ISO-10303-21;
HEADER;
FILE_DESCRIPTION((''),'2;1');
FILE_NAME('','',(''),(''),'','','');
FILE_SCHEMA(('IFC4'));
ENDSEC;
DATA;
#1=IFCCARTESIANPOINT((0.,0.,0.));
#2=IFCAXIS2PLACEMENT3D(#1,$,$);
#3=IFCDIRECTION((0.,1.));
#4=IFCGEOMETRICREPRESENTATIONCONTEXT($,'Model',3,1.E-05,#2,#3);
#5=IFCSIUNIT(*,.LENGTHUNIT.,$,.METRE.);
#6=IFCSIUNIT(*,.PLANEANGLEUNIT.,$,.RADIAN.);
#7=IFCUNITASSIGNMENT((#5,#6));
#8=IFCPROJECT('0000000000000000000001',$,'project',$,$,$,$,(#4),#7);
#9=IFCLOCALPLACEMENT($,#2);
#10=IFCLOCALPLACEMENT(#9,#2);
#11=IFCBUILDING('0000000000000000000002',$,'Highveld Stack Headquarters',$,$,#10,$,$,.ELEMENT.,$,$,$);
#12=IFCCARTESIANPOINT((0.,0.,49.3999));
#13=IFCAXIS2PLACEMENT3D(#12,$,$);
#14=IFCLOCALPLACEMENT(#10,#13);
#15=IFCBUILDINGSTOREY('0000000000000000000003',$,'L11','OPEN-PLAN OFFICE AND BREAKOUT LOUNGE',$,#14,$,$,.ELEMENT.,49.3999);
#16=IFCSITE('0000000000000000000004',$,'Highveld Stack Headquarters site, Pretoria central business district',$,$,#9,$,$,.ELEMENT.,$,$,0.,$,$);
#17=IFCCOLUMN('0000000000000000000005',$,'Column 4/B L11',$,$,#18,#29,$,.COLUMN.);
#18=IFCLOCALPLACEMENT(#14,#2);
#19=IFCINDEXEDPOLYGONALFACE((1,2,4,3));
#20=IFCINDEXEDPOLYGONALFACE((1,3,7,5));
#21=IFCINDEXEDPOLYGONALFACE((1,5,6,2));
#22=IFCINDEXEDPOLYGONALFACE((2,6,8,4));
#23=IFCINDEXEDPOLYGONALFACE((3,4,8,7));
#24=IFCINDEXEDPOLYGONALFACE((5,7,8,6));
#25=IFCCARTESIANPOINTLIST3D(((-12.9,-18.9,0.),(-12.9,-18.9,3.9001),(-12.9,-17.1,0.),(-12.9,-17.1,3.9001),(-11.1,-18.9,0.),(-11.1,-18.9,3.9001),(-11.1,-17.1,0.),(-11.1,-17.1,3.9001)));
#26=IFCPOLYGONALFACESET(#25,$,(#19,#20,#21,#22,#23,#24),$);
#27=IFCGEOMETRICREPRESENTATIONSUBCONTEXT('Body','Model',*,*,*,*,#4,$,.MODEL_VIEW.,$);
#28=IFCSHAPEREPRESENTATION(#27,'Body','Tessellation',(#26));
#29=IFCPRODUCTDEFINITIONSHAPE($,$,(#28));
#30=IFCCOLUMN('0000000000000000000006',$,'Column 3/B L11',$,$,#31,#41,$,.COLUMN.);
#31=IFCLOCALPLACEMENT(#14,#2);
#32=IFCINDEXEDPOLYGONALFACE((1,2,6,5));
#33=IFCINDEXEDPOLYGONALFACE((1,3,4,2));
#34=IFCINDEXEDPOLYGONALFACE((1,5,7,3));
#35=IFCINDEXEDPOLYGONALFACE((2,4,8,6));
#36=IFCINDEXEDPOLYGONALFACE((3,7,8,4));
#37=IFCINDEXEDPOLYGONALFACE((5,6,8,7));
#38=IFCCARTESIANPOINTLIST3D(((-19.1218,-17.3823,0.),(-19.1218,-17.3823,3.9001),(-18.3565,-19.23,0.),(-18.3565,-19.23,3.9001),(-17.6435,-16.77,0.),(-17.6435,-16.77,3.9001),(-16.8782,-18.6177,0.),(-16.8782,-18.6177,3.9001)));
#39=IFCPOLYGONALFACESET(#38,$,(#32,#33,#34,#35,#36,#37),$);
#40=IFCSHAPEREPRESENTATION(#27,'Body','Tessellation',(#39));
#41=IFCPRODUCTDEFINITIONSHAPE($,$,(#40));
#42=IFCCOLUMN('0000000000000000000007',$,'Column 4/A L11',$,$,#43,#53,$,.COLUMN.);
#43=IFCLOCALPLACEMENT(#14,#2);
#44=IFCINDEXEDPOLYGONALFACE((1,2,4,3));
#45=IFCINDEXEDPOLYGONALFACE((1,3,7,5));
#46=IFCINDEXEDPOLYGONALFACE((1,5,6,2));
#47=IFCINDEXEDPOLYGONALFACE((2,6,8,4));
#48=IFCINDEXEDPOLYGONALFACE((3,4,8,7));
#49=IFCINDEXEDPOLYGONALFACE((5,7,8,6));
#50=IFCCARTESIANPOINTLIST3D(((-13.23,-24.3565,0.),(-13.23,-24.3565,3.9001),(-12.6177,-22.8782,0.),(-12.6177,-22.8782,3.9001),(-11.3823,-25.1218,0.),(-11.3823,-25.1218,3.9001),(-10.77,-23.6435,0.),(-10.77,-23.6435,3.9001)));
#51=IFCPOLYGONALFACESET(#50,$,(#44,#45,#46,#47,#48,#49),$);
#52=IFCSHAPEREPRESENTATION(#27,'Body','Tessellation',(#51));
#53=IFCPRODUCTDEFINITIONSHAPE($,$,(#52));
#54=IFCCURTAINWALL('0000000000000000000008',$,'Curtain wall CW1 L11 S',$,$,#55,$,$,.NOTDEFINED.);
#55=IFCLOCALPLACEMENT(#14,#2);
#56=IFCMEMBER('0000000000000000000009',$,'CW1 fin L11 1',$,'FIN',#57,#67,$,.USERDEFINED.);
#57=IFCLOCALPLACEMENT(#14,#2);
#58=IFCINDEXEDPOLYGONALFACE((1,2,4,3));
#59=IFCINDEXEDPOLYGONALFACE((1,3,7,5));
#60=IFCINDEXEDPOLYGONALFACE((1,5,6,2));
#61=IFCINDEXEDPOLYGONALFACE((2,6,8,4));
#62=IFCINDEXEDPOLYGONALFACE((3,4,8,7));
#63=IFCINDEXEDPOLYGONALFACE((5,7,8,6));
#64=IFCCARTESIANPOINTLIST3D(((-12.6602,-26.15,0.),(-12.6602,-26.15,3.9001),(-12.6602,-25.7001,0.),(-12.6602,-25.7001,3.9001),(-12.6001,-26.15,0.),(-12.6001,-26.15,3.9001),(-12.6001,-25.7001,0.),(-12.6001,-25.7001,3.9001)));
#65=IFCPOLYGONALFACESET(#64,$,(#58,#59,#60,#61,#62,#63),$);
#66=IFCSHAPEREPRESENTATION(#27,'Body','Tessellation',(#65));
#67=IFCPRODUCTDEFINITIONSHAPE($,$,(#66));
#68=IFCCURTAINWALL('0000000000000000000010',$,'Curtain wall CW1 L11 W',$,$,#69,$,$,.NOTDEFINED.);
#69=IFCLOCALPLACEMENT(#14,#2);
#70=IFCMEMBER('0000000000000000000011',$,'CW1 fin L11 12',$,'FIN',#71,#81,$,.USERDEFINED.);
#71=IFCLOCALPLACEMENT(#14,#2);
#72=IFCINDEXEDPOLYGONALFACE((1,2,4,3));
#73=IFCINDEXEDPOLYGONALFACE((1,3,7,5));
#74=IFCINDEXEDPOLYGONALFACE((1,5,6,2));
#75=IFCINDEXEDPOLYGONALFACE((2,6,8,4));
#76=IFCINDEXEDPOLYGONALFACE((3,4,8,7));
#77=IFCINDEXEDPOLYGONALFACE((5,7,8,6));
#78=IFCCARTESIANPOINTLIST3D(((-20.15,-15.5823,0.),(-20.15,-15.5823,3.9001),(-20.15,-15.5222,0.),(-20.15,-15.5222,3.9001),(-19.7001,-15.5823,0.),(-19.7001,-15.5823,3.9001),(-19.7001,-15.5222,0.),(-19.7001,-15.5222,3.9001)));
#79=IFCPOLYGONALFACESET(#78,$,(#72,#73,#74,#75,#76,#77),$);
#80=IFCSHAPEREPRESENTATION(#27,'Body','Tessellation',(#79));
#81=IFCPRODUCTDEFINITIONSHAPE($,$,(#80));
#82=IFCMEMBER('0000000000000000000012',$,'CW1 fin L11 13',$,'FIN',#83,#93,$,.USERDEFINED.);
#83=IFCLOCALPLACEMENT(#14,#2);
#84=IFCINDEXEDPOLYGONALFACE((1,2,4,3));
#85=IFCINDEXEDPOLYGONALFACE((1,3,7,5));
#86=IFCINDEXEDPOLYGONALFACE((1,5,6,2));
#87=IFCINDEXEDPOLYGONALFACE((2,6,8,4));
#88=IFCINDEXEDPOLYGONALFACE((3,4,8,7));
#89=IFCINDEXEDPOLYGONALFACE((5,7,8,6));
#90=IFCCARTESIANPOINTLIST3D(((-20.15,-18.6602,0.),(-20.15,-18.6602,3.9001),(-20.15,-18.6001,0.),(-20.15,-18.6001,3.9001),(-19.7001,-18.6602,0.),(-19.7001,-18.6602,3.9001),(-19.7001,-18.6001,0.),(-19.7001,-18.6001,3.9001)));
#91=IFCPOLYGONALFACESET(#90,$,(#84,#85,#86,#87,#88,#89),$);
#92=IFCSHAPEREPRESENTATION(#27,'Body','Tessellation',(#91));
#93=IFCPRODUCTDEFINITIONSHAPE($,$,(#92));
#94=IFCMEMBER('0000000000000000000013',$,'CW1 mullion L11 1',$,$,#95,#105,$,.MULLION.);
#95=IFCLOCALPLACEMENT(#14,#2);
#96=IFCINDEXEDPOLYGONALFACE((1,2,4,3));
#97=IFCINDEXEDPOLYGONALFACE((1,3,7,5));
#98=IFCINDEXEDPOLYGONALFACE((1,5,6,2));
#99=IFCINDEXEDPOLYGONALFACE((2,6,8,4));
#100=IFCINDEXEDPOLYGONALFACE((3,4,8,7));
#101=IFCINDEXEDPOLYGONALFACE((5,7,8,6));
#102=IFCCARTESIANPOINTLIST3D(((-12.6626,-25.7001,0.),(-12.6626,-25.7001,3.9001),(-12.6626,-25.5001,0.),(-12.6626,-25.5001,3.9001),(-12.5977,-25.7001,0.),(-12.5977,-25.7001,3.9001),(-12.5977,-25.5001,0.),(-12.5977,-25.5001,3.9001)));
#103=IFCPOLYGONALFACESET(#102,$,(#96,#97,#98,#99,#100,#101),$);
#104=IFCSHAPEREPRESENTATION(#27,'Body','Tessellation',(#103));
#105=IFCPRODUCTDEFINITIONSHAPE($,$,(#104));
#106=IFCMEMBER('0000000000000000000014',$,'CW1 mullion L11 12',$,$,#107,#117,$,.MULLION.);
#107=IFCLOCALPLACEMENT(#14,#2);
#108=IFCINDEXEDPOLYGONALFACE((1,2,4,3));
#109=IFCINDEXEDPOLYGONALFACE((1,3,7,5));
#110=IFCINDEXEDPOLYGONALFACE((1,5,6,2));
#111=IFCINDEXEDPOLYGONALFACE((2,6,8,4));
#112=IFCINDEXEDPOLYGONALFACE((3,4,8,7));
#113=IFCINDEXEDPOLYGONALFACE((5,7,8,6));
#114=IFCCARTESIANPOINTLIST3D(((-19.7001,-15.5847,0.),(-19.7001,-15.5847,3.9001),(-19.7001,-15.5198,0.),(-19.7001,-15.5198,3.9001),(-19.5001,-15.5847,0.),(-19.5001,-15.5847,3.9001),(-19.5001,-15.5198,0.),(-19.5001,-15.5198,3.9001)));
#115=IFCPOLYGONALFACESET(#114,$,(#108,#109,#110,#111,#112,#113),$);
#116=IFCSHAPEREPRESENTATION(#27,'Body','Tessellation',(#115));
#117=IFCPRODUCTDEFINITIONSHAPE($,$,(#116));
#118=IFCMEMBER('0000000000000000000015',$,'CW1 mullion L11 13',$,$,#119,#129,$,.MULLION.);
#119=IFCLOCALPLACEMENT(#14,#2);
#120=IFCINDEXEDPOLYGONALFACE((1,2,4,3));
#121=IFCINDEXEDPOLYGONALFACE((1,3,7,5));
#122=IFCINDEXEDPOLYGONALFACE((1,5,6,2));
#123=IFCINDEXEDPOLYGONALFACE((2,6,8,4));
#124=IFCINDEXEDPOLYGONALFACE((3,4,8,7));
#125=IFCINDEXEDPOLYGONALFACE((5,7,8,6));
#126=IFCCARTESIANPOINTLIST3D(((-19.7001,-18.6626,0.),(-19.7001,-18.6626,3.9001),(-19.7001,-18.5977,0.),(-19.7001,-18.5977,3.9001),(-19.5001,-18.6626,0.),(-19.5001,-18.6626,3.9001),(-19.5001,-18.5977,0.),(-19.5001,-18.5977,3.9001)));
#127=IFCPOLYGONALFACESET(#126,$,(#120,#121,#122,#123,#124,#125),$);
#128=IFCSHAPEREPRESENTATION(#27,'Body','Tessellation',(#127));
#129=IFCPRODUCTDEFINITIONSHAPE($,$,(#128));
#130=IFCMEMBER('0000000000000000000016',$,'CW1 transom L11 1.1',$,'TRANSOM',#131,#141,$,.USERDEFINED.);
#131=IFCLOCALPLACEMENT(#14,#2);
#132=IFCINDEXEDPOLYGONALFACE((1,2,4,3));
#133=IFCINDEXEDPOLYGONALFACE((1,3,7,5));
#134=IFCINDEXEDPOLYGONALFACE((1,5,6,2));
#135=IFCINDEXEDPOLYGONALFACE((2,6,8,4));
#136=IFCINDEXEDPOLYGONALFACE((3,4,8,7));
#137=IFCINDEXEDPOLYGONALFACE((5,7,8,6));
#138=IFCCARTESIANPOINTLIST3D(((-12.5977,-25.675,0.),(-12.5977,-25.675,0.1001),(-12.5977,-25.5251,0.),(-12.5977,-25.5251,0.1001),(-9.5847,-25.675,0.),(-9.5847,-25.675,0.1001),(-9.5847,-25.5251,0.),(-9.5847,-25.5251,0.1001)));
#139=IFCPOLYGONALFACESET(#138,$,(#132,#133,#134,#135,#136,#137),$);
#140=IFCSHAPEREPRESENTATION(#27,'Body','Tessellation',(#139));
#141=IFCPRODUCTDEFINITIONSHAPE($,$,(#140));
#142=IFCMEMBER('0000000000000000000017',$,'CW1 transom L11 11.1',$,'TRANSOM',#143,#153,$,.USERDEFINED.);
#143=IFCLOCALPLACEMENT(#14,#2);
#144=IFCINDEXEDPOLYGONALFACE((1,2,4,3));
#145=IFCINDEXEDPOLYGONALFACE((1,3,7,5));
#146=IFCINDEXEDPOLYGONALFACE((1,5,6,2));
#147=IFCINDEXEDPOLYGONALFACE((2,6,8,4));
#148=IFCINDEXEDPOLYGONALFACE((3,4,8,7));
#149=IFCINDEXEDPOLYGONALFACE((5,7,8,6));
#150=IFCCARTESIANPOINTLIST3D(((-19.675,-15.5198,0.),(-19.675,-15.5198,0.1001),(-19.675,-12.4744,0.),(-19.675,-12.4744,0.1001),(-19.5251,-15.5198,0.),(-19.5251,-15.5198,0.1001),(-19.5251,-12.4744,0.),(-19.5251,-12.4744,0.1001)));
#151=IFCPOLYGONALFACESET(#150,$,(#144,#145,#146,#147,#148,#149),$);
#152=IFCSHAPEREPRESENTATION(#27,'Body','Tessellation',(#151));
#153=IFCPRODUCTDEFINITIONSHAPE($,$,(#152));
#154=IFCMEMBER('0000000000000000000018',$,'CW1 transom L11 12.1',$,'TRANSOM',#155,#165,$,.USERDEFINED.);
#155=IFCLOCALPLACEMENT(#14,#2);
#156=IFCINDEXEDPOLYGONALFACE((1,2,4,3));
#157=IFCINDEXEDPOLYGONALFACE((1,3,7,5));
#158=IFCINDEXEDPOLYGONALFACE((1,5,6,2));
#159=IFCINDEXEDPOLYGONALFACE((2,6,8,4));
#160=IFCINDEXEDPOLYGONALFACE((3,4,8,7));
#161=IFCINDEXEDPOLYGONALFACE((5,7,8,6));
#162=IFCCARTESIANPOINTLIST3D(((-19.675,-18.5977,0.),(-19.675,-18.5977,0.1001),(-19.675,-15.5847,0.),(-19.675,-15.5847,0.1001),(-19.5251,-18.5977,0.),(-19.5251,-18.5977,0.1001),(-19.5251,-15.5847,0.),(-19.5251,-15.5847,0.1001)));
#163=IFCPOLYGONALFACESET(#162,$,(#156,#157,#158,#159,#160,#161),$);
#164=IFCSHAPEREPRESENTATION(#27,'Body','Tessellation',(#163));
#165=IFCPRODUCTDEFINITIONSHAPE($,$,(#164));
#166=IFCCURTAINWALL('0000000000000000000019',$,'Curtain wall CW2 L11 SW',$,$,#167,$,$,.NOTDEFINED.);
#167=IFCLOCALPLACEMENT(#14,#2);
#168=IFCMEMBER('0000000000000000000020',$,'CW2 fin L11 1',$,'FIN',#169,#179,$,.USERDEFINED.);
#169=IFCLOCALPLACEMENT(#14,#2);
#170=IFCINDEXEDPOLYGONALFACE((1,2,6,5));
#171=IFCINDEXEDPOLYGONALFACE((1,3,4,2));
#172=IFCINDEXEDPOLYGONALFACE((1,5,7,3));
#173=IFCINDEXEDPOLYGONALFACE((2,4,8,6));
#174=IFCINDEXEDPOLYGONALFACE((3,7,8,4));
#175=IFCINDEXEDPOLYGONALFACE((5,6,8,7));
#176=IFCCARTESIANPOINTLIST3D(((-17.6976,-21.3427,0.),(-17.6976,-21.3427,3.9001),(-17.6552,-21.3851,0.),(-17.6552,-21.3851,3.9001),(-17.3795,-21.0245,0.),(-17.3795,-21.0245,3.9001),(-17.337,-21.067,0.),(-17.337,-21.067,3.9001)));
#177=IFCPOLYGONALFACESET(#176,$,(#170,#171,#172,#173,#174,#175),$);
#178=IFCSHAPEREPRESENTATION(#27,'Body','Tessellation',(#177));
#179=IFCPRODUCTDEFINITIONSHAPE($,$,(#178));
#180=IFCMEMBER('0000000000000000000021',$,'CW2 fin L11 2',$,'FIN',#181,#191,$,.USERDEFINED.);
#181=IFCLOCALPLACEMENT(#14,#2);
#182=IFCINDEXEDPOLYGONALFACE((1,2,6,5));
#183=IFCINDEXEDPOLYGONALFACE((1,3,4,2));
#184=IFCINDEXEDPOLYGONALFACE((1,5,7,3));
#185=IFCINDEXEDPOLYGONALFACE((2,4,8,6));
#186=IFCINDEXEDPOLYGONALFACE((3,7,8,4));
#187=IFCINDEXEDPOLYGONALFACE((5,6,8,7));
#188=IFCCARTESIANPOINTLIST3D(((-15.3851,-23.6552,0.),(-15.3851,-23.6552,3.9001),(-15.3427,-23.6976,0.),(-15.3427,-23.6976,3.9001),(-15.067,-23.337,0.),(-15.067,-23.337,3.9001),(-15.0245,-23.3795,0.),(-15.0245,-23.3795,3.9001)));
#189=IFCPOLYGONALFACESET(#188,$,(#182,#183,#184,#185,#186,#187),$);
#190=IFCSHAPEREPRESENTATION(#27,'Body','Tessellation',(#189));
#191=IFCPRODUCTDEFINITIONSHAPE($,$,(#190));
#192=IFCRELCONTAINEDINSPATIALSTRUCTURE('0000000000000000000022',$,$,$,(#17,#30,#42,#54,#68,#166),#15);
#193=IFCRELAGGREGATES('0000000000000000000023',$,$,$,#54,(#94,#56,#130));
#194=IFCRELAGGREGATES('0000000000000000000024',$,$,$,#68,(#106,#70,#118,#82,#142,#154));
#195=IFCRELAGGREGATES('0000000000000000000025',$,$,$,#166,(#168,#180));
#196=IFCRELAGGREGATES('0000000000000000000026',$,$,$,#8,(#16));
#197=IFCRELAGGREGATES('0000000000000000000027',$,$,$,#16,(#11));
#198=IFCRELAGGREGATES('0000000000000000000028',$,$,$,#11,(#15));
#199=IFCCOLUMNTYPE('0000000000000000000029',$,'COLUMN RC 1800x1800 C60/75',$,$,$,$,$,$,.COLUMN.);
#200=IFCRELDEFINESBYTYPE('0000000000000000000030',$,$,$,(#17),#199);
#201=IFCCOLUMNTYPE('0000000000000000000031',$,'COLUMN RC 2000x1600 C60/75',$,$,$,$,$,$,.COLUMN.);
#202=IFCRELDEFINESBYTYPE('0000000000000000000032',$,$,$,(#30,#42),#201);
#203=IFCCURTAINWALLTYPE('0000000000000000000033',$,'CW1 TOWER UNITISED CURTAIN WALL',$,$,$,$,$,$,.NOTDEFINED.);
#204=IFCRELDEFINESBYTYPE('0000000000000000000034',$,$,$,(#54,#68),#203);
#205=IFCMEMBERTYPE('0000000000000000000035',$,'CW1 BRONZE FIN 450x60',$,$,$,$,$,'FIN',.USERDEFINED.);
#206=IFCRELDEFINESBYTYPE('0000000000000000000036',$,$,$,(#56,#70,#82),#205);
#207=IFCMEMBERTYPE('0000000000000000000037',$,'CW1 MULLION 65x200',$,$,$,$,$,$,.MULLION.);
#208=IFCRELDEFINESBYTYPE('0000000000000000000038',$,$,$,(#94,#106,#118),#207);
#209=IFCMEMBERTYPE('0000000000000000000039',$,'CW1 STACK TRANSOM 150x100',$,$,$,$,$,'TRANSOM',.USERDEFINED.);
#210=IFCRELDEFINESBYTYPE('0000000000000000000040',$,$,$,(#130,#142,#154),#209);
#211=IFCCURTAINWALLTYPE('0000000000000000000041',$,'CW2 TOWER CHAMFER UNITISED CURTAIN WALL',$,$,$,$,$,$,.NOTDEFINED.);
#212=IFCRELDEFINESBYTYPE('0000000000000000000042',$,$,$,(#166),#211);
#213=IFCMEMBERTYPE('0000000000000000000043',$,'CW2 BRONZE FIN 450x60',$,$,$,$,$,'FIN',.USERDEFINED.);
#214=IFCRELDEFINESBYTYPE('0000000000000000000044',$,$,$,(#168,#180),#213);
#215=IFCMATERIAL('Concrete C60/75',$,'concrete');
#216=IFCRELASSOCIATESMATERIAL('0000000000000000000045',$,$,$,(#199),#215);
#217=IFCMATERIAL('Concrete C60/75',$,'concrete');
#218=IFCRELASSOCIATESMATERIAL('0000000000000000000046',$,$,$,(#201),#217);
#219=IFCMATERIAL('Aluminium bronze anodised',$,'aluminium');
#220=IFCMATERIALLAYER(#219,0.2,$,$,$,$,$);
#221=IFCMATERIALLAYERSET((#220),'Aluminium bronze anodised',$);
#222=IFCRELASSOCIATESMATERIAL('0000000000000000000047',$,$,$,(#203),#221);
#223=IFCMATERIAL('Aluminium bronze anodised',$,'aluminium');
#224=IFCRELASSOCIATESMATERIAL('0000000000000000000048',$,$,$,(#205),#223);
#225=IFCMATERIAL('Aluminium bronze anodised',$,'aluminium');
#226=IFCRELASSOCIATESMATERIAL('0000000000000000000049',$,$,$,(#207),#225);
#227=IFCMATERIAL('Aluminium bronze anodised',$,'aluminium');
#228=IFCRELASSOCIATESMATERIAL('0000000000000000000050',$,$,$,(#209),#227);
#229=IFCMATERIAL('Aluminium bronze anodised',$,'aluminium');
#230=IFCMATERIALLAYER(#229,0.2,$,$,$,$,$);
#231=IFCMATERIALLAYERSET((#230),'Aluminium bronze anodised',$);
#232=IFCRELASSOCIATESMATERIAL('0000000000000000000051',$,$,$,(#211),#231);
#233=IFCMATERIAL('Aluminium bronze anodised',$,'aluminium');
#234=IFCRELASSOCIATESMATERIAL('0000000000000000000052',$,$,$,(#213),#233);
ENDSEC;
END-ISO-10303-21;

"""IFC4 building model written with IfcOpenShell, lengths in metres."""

from ifc_helpers import new_model, si_unit, direction, frame, origin, origin_2d, place, context, subcontext, project, spatial, rectangle, extrude, material, layer, layer_set, material_profile, profile_set, type_object, element, aggregate, save


model = new_model("IFC4")

# Units and contexts
model_context = context("Model", 3, precision=1e-05, world=origin(), true_north=direction((0.0, 1.0)))
body_context = subcontext(model_context, "Body", "Model", "MODEL_VIEW")
ifc_project = project(units=[si_unit("LENGTHUNIT", "METRE"), si_unit("PLANEANGLEUNIT", "RADIAN")], contexts=[model_context])

# Site, building, storey
site_placement = place(None, origin())
site = spatial("IfcSite", under=ifc_project, at=site_placement, Name="Highveld Stack Headquarters site, Pretoria central business district", CompositionType="ELEMENT", RefElevation=0.0)
building_placement = place(site_placement, origin())
building = spatial("IfcBuilding", under=site, at=building_placement, Name="Highveld Stack Headquarters", CompositionType="ELEMENT")
storey_placement = place(building_placement, frame((0.0, 0.0, 49.3999)))
storey = spatial("IfcBuildingStorey", under=building, at=storey_placement, Name="L11", Description="OPEN-PLAN OFFICE AND BREAKOUT LOUNGE", CompositionType="ELEMENT", Elevation=49.3999)

# Columns
ifc_material_1 = material(Name="Concrete C60/75", Category="concrete")
ifc_material_profile_1 = material_profile(ifc_material_1, rectangle(XDim=1.8, YDim=1.8, at=origin_2d()), Name="RC 1800x1800")
ifc_profile_set_1 = profile_set([ifc_material_profile_1], Name="Concrete C60/75")
column_type_1 = type_object("IfcColumnType", Name="COLUMN RC 1800x1800 C60/75", PredefinedType="COLUMN", material=ifc_profile_set_1)
column_placement = place(storey_placement, frame((-12.0, -18.0, 0.0), z_axis=(0.0, 0.0, 1.0), x_axis=(1.0, 0.0, 0.0)))
element("IfcColumn", 1, at=column_placement, inside=storey, type_object=column_type_1, Name="Column 4/B L11", PredefinedType="COLUMN", context=body_context, shape_type="SweptSolid", body=[
    extrude(rectangle(XDim=1.8, YDim=1.8, at=origin_2d()), origin(), (0.0, 0.0, 1.0), 3.9001),
])
ifc_material_2 = material(Name="Concrete C60/75", Category="concrete")
ifc_material_profile_2 = material_profile(ifc_material_2, rectangle(XDim=2.0, YDim=1.6001, at=origin_2d()), Name="RC 2000x1600")
ifc_profile_set_2 = profile_set([ifc_material_profile_2], Name="Concrete C60/75")
column_type_2 = type_object("IfcColumnType", Name="COLUMN RC 2000x1600 C60/75", PredefinedType="COLUMN", material=ifc_profile_set_2)
for number, where, z_axis, x_axis, name in (
    (2, (-18.0, -18.0, 0.0), (0.0, 0.0, 1.0), (-0.382683, 0.92388, 0.0), "Column 3/B L11"),
    (3, (-12.0, -24.0, 0.0), (0.0, 0.0, 1.0), (-0.92388, 0.382683, 0.0), "Column 4/A L11"),
):
    element("IfcColumn", number, at=place(storey_placement, frame(where, z_axis=z_axis, x_axis=x_axis)), inside=storey, type_object=column_type_2, Name=name, PredefinedType="COLUMN", context=body_context, shape_type="SweptSolid", body=[
        extrude(rectangle(XDim=2.0, YDim=1.6001, at=origin_2d()), origin(), (0.0, 0.0, 1.0), 3.9001),
    ])

# Curtain wall, member
ifc_material_3 = material(Name="Aluminium bronze anodised", Category="aluminium")
ifc_layer_1 = layer(ifc_material_3, 0.2)
ifc_layer_set_1 = layer_set([ifc_layer_1], Name="Aluminium bronze anodised")
curtain_wall_type_1 = type_object("IfcCurtainWallType", Name="CW1 TOWER UNITISED CURTAIN WALL", PredefinedType="NOTDEFINED", material=ifc_layer_set_1)
curtain_wall_1_placement = place(storey_placement, origin())
curtain_wall_1 = element("IfcCurtainWall", 4, at=curtain_wall_1_placement, inside=storey, type_object=curtain_wall_type_1, Name="Curtain wall CW1 L11 S", PredefinedType="NOTDEFINED")
ifc_material_4 = material(Name="Aluminium bronze anodised", Category="aluminium")
ifc_material_profile_3 = material_profile(ifc_material_4, rectangle(XDim=0.45, YDim=0.0601, at=origin_2d()), Name="FIN 450x60")
ifc_profile_set_3 = profile_set([ifc_material_profile_3], Name="Aluminium bronze anodised")
member_type_1 = type_object("IfcMemberType", Name="CW1 BRONZE FIN 450x60", ElementType="FIN", PredefinedType="USERDEFINED", material=ifc_profile_set_3)
member_1_placement = place(storey_placement, frame((-12.6301, -25.925, 0.0), z_axis=(0.0, 0.0, 1.0), x_axis=(0.0, 1.0, 0.0)))
member_1 = element("IfcMember", 5, at=member_1_placement, type_object=member_type_1, Name="CW1 fin L11 1", ObjectType="FIN", PredefinedType="USERDEFINED", context=body_context, shape_type="SweptSolid", body=[
    extrude(rectangle(XDim=0.45, YDim=0.0601, at=origin_2d()), origin(), (0.0, 0.0, 1.0), 3.9001),
])

# Curtain wall, members
curtain_wall_2_placement = place(storey_placement, origin())
curtain_wall_2 = element("IfcCurtainWall", 6, at=curtain_wall_2_placement, inside=storey, type_object=curtain_wall_type_1, Name="Curtain wall CW1 L11 W", PredefinedType="NOTDEFINED")
member_2_placement = place(storey_placement, frame((-19.925, -15.5522, 0.0), z_axis=(0.0, 0.0, 1.0), x_axis=(1.0, 0.0, 0.0)))
member_2 = element("IfcMember", 7, at=member_2_placement, type_object=member_type_1, Name="CW1 fin L11 12", ObjectType="FIN", PredefinedType="USERDEFINED", context=body_context, shape_type="SweptSolid", body=[
    extrude(rectangle(XDim=0.45, YDim=0.0601, at=origin_2d()), origin(), (0.0, 0.0, 1.0), 3.9001),
])
member_3_placement = place(storey_placement, frame((-19.925, -18.6301, 0.0), z_axis=(0.0, 0.0, 1.0), x_axis=(1.0, 0.0, 0.0)))
member_3 = element("IfcMember", 8, at=member_3_placement, type_object=member_type_1, Name="CW1 fin L11 13", ObjectType="FIN", PredefinedType="USERDEFINED", context=body_context, shape_type="SweptSolid", body=[
    extrude(rectangle(XDim=0.45, YDim=0.0601, at=origin_2d()), origin(), (0.0, 0.0, 1.0), 3.9001),
])

# Members
ifc_material_5 = material(Name="Aluminium bronze anodised", Category="aluminium")
ifc_material_profile_4 = material_profile(ifc_material_5, rectangle(XDim=0.2, YDim=0.0649, at=origin_2d()), Name="CW1 MULLION 65x200")
ifc_profile_set_4 = profile_set([ifc_material_profile_4], Name="Aluminium bronze anodised")
member_type_2 = type_object("IfcMemberType", Name="CW1 MULLION 65x200", PredefinedType="MULLION", material=ifc_profile_set_4)
member_4_placement = place(storey_placement, frame((-12.6301, -25.6001, 0.0), z_axis=(0.0, 0.0, 1.0), x_axis=(0.0, 1.0, 0.0)))
member_4 = element("IfcMember", 9, at=member_4_placement, type_object=member_type_2, Name="CW1 mullion L11 1", PredefinedType="MULLION", context=body_context, shape_type="SweptSolid", body=[
    extrude(rectangle(XDim=0.2, YDim=0.0649, at=origin_2d()), origin(), (0.0, 0.0, 1.0), 3.9001),
])
member_5_placement = place(storey_placement, frame((-19.6001, -15.5522, 0.0), z_axis=(0.0, 0.0, 1.0), x_axis=(1.0, 0.0, 0.0)))
member_5 = element("IfcMember", 10, at=member_5_placement, type_object=member_type_2, Name="CW1 mullion L11 12", PredefinedType="MULLION", context=body_context, shape_type="SweptSolid", body=[
    extrude(rectangle(XDim=0.2, YDim=0.0649, at=origin_2d()), origin(), (0.0, 0.0, 1.0), 3.9001),
])
member_6_placement = place(storey_placement, frame((-19.6001, -18.6301, 0.0), z_axis=(0.0, 0.0, 1.0), x_axis=(1.0, 0.0, 0.0)))
member_6 = element("IfcMember", 11, at=member_6_placement, type_object=member_type_2, Name="CW1 mullion L11 13", PredefinedType="MULLION", context=body_context, shape_type="SweptSolid", body=[
    extrude(rectangle(XDim=0.2, YDim=0.0649, at=origin_2d()), origin(), (0.0, 0.0, 1.0), 3.9001),
])
ifc_material_6 = material(Name="Aluminium bronze anodised", Category="aluminium")
ifc_material_profile_5 = material_profile(ifc_material_6, rectangle(XDim=0.1499, YDim=0.1001, at=origin_2d()), Name="CW1 TRANSOM 150x100")
ifc_profile_set_5 = profile_set([ifc_material_profile_5], Name="Aluminium bronze anodised")
member_type_3 = type_object("IfcMemberType", Name="CW1 STACK TRANSOM 150x100", ElementType="TRANSOM", PredefinedType="USERDEFINED", material=ifc_profile_set_5)
member_7_placement = place(storey_placement, frame((-12.5977, -25.6001, 0.05), z_axis=(1.0, 0.0, 0.0), x_axis=(0.0, 1.0, 0.0)))
member_7 = element("IfcMember", 12, at=member_7_placement, type_object=member_type_3, Name="CW1 transom L11 1.1", ObjectType="TRANSOM", PredefinedType="USERDEFINED", context=body_context, shape_type="SweptSolid", body=[
    extrude(rectangle(XDim=0.1499, YDim=0.1001, at=origin_2d()), origin(), (0.0, 0.0, 1.0), 3.0129),
])
aggregate(curtain_wall_1, [member_4, member_1, member_7])
member_8_placement = place(storey_placement, frame((-19.6001, -12.4744, 0.05), z_axis=(0.0, -1.0, 0.0), x_axis=(1.0, 0.0, 0.0)))
member_8 = element("IfcMember", 13, at=member_8_placement, type_object=member_type_3, Name="CW1 transom L11 11.1", ObjectType="TRANSOM", PredefinedType="USERDEFINED", context=body_context, shape_type="SweptSolid", body=[
    extrude(rectangle(XDim=0.1499, YDim=0.1001, at=origin_2d()), origin(), (0.0, 0.0, 1.0), 3.0454),
])
member_9_placement = place(storey_placement, frame((-19.6001, -15.5847, 0.05), z_axis=(0.0, -1.0, 0.0), x_axis=(1.0, 0.0, 0.0)))
member_9 = element("IfcMember", 14, at=member_9_placement, type_object=member_type_3, Name="CW1 transom L11 12.1", ObjectType="TRANSOM", PredefinedType="USERDEFINED", context=body_context, shape_type="SweptSolid", body=[
    extrude(rectangle(XDim=0.1499, YDim=0.1001, at=origin_2d()), origin(), (0.0, 0.0, 1.0), 3.0129),
])

# Curtain wall, members
ifc_material_7 = material(Name="Aluminium bronze anodised", Category="aluminium")
ifc_layer_2 = layer(ifc_material_7, 0.2)
ifc_layer_set_2 = layer_set([ifc_layer_2], Name="Aluminium bronze anodised")
curtain_wall_type_2 = type_object("IfcCurtainWallType", Name="CW2 TOWER CHAMFER UNITISED CURTAIN WALL", PredefinedType="NOTDEFINED", material=ifc_layer_set_2)
curtain_wall_3_placement = place(storey_placement, origin())
curtain_wall_3 = element("IfcCurtainWall", 15, at=curtain_wall_3_placement, inside=storey, type_object=curtain_wall_type_2, Name="Curtain wall CW2 L11 SW", PredefinedType="NOTDEFINED")
ifc_material_8 = material(Name="Aluminium bronze anodised", Category="aluminium")
ifc_material_profile_6 = material_profile(ifc_material_8, rectangle(XDim=0.45, YDim=0.0601, at=origin_2d()), Name="FIN 450x60")
ifc_profile_set_6 = profile_set([ifc_material_profile_6], Name="Aluminium bronze anodised")
member_type_4 = type_object("IfcMemberType", Name="CW2 BRONZE FIN 450x60", ElementType="FIN", PredefinedType="USERDEFINED", material=ifc_profile_set_6)
member_10_placement = place(storey_placement, frame((-17.5173, -21.2048, 0.0), z_axis=(0.0, 0.0, 1.0), x_axis=(0.707107, 0.707107, 0.0)))
member_10 = element("IfcMember", 16, at=member_10_placement, type_object=member_type_4, Name="CW2 fin L11 1", ObjectType="FIN", PredefinedType="USERDEFINED", context=body_context, shape_type="SweptSolid", body=[
    extrude(rectangle(XDim=0.45, YDim=0.0601, at=origin_2d()), origin(), (0.0, 0.0, 1.0), 3.9001),
])
member_11_placement = place(storey_placement, frame((-15.2048, -23.5173, 0.0), z_axis=(0.0, 0.0, 1.0), x_axis=(0.707107, 0.707107, 0.0)))
member_11 = element("IfcMember", 17, at=member_11_placement, type_object=member_type_4, Name="CW2 fin L11 2", ObjectType="FIN", PredefinedType="USERDEFINED", context=body_context, shape_type="SweptSolid", body=[
    extrude(rectangle(XDim=0.45, YDim=0.0601, at=origin_2d()), origin(), (0.0, 0.0, 1.0), 3.9001),
])

aggregate(curtain_wall_2, [member_5, member_2, member_6, member_3, member_8, member_9])
aggregate(curtain_wall_3, [member_10, member_11])

save(model, "model.ifc")
